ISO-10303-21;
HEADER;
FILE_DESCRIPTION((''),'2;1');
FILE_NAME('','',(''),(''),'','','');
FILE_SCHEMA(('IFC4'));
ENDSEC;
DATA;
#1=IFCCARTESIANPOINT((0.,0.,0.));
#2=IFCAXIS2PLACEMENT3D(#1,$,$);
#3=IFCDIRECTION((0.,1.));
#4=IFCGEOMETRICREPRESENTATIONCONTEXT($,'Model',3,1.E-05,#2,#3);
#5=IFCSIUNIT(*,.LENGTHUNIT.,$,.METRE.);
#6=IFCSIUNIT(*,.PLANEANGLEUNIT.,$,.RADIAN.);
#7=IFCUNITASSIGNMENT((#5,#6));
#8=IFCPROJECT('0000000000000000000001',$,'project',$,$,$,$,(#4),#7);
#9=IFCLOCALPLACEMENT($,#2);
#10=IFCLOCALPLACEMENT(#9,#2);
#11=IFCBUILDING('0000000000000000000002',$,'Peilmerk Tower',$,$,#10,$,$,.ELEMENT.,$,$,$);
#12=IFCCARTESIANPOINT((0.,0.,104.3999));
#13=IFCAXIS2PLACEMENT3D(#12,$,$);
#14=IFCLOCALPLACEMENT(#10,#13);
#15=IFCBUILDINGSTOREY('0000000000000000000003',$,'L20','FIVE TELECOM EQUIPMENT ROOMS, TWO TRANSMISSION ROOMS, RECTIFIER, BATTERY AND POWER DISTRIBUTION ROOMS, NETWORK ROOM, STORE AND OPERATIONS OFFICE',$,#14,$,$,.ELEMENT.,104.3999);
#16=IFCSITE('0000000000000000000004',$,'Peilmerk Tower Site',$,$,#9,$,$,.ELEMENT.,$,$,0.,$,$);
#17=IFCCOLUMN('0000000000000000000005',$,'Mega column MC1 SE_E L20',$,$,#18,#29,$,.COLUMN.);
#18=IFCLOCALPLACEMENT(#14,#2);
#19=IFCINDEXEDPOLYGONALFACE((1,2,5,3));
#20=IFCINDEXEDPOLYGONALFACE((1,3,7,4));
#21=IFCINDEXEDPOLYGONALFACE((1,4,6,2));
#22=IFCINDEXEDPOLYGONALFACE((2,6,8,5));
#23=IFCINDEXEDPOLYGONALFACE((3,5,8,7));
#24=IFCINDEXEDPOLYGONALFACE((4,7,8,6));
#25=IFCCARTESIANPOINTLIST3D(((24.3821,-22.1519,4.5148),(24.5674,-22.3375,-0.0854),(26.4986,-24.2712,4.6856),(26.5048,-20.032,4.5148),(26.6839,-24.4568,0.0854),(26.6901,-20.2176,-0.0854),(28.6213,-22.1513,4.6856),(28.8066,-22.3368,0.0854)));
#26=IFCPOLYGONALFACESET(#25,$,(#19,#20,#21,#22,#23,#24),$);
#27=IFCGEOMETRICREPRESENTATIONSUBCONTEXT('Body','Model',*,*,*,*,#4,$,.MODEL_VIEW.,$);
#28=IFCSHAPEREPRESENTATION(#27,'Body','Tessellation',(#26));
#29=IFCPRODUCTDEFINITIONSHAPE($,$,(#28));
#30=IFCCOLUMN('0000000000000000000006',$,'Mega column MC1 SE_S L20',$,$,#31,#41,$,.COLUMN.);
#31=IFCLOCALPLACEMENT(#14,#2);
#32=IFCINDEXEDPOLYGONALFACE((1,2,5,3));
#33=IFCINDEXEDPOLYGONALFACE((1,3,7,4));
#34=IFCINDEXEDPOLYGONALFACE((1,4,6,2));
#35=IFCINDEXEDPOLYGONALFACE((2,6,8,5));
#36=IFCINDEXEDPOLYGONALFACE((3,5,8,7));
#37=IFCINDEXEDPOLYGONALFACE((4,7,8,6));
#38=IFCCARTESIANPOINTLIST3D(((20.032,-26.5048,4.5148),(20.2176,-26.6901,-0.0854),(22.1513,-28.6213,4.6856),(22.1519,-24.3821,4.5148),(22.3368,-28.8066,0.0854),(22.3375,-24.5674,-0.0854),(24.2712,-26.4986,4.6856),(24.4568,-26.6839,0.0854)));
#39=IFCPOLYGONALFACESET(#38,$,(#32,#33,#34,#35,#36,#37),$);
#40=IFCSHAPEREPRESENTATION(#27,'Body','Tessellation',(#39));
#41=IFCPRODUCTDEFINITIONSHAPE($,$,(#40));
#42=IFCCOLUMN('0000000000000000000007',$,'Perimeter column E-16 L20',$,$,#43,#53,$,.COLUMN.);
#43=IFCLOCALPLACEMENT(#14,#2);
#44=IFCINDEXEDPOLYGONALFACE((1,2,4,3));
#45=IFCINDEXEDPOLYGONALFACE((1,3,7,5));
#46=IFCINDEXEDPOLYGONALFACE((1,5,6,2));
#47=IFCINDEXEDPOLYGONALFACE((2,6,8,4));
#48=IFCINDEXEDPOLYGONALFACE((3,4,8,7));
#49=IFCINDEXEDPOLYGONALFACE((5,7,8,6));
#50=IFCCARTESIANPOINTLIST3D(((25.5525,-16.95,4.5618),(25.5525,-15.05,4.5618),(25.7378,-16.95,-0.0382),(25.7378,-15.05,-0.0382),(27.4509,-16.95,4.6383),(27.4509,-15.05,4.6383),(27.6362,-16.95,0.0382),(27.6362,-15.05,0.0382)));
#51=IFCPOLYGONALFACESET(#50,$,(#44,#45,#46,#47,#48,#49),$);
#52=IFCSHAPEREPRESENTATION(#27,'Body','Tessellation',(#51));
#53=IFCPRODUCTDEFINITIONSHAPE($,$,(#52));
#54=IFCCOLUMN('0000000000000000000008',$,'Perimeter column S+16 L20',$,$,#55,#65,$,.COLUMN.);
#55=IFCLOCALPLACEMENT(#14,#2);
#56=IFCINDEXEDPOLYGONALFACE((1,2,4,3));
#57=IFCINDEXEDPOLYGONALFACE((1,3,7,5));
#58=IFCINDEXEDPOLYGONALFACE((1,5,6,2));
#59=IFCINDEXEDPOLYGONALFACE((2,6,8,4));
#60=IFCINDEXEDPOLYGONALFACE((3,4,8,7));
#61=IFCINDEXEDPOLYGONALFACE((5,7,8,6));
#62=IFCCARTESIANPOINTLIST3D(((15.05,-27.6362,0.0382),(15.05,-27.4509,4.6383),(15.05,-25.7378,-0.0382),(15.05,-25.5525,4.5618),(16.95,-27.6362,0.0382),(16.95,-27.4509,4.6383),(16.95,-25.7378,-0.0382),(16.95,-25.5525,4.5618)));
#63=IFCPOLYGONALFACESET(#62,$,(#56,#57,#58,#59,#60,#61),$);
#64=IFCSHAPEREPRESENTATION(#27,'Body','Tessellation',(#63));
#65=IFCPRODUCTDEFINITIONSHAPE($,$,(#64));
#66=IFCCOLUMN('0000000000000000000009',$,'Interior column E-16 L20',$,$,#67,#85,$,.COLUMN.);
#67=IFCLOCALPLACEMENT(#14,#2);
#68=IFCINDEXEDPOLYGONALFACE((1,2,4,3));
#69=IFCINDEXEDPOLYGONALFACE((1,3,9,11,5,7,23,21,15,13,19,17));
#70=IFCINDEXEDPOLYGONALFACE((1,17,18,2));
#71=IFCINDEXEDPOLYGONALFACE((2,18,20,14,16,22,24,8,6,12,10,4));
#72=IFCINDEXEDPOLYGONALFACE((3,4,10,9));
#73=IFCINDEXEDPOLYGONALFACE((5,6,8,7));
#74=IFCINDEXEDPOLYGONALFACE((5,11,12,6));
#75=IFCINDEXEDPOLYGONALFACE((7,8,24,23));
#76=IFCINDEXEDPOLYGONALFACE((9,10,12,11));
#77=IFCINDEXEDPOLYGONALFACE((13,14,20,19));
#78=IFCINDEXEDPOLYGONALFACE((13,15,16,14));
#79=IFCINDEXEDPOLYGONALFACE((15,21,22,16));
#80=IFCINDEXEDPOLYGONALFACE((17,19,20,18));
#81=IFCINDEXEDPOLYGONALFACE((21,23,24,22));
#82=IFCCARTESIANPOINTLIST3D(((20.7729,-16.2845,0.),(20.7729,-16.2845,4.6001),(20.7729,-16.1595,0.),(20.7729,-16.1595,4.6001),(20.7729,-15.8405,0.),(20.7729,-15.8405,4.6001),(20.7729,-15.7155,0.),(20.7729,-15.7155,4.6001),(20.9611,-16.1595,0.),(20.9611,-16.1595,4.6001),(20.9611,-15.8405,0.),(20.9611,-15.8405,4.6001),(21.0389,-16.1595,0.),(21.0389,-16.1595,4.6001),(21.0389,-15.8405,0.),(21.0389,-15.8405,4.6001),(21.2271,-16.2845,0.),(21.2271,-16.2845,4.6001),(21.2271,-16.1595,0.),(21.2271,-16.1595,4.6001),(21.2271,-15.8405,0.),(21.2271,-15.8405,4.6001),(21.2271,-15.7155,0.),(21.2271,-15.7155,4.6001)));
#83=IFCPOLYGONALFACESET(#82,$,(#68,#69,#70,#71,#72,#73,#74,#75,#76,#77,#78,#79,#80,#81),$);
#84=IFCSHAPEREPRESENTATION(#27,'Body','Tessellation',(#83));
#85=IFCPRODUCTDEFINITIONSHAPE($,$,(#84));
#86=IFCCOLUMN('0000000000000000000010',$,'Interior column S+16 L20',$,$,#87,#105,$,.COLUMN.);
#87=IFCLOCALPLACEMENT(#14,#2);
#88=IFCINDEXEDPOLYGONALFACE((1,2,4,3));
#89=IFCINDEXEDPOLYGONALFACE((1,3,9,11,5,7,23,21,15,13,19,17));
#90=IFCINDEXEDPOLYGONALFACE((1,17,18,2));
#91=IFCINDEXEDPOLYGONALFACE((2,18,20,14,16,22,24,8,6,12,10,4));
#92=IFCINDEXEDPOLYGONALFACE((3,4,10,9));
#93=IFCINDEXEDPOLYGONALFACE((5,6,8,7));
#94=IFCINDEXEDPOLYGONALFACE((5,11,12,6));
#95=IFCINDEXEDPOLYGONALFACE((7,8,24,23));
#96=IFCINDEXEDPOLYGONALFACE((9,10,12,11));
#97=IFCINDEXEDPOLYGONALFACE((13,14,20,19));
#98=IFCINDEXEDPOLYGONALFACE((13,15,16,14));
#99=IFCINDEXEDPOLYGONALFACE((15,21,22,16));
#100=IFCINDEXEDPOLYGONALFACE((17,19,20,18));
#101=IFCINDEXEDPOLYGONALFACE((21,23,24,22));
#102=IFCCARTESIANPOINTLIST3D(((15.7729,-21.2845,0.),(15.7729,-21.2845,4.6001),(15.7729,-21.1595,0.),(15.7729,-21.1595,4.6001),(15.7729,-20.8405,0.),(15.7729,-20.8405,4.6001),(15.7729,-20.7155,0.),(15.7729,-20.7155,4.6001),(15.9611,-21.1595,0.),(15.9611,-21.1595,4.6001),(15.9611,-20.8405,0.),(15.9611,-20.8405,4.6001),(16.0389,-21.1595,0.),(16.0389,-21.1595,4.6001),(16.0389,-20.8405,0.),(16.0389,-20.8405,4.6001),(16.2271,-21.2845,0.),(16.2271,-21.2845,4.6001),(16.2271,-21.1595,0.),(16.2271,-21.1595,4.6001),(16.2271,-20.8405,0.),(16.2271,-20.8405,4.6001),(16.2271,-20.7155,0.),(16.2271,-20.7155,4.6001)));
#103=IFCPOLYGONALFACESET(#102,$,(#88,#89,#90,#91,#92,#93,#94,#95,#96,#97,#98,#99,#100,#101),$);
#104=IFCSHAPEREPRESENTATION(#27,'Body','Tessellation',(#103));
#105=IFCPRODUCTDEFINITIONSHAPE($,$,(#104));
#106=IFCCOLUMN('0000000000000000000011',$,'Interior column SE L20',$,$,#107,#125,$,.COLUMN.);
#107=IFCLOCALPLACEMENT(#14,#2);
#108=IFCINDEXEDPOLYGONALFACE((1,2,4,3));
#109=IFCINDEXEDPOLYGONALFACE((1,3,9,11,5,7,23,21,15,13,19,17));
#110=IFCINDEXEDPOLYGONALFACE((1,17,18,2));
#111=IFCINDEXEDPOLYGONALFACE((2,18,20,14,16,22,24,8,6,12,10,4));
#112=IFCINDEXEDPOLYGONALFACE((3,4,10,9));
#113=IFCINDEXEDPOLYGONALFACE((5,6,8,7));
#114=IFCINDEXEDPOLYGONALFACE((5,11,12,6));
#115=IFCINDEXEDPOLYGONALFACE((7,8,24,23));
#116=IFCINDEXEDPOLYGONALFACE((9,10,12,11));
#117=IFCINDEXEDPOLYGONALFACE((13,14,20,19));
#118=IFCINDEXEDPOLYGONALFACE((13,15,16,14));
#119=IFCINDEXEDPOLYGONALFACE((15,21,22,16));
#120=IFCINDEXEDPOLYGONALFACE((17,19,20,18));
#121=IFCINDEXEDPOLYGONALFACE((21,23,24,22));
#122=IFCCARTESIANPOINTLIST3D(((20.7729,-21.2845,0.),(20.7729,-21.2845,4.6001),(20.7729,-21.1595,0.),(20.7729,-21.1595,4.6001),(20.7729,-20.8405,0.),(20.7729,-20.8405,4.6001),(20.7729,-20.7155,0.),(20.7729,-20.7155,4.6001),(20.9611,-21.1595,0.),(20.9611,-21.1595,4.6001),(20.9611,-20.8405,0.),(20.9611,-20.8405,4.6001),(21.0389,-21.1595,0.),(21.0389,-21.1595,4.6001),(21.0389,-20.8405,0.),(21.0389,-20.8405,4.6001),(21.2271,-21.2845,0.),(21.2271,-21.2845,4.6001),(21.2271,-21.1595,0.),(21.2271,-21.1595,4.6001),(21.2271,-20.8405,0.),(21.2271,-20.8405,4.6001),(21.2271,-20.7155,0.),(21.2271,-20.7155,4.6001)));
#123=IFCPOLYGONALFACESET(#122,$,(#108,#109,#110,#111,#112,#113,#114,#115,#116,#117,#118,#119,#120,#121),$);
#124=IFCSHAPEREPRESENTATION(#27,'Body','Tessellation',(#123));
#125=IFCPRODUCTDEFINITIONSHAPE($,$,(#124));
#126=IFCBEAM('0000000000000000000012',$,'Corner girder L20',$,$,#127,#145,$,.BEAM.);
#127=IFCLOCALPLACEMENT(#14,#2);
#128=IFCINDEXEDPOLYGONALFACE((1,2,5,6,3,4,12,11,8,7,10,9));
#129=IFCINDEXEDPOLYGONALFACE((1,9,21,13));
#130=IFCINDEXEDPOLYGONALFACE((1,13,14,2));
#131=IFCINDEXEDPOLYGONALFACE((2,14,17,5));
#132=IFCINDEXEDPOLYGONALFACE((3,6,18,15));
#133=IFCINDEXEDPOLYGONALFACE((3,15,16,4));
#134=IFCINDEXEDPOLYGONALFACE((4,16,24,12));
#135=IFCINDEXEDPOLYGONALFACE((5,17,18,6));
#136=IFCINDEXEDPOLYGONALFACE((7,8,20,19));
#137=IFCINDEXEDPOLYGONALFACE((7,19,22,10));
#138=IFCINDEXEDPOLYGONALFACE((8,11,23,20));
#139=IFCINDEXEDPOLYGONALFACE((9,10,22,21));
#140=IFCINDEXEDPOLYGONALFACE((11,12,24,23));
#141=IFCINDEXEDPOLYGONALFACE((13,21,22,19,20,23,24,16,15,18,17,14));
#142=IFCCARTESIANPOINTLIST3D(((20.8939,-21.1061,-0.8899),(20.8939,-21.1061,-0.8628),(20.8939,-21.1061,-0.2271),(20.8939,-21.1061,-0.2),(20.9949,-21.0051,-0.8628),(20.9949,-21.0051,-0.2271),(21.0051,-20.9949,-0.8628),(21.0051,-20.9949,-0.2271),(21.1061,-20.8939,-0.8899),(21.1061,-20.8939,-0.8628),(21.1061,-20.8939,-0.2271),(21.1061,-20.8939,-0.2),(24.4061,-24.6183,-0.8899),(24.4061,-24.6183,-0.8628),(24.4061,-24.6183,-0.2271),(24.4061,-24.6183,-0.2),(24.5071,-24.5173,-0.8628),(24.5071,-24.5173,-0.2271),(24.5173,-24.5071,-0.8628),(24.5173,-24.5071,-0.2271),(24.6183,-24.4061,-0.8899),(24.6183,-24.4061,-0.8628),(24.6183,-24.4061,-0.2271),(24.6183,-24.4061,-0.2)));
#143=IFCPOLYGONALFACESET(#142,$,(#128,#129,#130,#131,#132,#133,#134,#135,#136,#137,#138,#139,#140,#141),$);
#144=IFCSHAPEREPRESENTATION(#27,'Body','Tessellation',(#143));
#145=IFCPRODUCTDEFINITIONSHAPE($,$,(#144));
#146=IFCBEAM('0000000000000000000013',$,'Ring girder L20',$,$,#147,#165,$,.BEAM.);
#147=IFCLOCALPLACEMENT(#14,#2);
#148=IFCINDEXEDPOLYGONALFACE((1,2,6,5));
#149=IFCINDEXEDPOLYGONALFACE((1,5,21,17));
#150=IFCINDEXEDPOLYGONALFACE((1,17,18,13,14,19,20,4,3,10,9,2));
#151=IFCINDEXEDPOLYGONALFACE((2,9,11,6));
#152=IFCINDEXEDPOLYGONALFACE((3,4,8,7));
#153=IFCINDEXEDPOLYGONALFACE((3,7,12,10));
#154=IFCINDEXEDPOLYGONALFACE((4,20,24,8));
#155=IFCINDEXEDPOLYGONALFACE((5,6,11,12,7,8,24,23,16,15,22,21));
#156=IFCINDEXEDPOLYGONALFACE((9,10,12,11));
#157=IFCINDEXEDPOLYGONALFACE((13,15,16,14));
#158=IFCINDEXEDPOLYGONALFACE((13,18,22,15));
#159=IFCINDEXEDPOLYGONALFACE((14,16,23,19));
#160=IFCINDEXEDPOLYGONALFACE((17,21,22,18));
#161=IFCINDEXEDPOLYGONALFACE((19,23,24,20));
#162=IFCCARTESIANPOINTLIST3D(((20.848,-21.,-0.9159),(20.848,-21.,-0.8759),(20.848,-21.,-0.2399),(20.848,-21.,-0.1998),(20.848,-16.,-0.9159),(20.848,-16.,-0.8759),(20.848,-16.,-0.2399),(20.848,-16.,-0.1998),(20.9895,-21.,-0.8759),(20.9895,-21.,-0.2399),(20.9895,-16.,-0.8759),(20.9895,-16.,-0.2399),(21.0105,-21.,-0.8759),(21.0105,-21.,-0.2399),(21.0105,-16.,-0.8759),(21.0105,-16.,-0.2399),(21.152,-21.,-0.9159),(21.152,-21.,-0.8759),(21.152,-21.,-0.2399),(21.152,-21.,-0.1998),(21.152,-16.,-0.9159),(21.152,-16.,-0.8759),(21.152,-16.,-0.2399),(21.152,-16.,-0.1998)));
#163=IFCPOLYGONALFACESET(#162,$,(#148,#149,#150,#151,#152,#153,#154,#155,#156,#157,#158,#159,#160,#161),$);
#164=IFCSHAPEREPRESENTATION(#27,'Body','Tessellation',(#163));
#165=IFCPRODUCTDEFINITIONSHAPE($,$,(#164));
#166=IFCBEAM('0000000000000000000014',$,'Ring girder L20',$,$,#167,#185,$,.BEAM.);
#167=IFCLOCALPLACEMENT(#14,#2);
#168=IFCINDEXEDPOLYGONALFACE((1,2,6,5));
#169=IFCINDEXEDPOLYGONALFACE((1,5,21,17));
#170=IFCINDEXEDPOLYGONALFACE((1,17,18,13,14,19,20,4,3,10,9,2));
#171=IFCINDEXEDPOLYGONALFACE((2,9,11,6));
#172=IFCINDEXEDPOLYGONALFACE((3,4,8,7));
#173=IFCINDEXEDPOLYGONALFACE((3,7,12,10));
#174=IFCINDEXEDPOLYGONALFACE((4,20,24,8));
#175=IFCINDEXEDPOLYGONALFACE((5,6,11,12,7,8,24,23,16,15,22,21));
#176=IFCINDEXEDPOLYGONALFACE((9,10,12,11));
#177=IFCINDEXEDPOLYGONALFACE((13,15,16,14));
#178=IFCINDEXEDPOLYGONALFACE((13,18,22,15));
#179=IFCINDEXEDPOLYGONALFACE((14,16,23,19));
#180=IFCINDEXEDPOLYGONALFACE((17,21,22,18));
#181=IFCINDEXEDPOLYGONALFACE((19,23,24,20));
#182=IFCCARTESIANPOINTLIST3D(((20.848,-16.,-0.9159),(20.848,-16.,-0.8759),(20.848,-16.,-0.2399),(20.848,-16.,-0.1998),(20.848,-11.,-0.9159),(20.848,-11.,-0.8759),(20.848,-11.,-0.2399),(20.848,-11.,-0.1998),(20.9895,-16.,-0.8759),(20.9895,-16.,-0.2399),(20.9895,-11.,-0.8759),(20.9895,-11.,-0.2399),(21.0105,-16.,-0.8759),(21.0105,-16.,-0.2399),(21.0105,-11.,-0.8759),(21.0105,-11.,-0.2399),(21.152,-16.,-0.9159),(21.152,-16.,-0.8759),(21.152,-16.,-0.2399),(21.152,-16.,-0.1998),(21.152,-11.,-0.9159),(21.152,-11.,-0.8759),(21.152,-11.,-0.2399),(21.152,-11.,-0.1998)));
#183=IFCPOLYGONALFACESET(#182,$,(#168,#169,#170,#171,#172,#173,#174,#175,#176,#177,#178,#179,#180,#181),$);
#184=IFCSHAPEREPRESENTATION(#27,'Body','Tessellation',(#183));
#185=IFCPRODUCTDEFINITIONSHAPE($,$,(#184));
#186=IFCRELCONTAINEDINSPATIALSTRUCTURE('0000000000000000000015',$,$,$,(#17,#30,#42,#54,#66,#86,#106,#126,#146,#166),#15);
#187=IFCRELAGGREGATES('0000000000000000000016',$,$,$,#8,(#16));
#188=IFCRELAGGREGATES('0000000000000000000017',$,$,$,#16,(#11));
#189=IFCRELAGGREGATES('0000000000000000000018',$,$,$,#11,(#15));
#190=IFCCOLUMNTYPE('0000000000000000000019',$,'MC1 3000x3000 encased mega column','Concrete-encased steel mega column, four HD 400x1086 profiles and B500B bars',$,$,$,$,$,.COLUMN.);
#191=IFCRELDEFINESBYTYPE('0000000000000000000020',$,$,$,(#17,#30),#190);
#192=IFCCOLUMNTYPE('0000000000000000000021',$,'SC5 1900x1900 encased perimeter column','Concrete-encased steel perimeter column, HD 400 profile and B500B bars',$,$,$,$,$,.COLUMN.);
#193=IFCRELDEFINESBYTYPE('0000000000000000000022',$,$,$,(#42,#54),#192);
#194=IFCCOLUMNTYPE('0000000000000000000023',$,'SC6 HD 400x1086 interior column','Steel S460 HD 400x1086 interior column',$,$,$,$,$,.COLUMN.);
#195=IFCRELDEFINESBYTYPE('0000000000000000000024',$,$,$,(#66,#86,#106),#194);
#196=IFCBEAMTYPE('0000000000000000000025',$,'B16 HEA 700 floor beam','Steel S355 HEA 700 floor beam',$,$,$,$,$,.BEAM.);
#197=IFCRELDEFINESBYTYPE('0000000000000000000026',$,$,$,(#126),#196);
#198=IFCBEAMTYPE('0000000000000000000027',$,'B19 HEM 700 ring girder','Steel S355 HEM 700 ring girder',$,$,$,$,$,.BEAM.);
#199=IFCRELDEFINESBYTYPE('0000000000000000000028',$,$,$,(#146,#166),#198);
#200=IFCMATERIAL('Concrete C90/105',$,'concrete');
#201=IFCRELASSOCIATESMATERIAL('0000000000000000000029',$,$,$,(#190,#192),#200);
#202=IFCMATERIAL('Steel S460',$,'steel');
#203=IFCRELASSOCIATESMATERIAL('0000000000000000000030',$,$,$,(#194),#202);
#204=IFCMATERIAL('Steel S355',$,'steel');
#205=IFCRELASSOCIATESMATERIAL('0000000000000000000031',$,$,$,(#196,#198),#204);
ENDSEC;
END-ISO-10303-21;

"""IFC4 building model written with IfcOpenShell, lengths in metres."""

from ifc_helpers import new_model, si_unit, direction, frame, origin, origin_2d, place, context, subcontext, project, spatial, rectangle, i_section, extrude, material, material_profile, profile_set, type_object, element, save


model = new_model("IFC4")

# Units and contexts
model_context = context("Model", 3, precision=1e-05, world=origin(), true_north=direction((0.0, 1.0)))
body_context = subcontext(model_context, "Body", "Model", "MODEL_VIEW")
ifc_project = project(units=[si_unit("LENGTHUNIT", "METRE"), si_unit("PLANEANGLEUNIT", "RADIAN")], contexts=[model_context])

# Site, building, storey
site_placement = place(None, origin())
site = spatial("IfcSite", under=ifc_project, at=site_placement, Name="Peilmerk Tower Site", CompositionType="ELEMENT", RefElevation=0.0)
building_placement = place(site_placement, origin())
building = spatial("IfcBuilding", under=site, at=building_placement, Name="Peilmerk Tower", CompositionType="ELEMENT")
storey_placement = place(building_placement, frame((0.0, 0.0, 104.3999)))
storey = spatial("IfcBuildingStorey", under=building, at=storey_placement, Name="L20", Description="FIVE TELECOM EQUIPMENT ROOMS, TWO TRANSMISSION ROOMS, RECTIFIER, BATTERY AND POWER DISTRIBUTION ROOMS, NETWORK ROOM, STORE AND OPERATIONS OFFICE", CompositionType="ELEMENT", Elevation=104.3999)

# Columns
ifc_material_1 = material(Name="Concrete C90/105", Category="concrete")
ifc_material_profile_1 = material_profile(ifc_material_1, rectangle(XDim=3.0, YDim=3.0, at=origin_2d()), Name="RC 3000x3000")
ifc_profile_set_1 = profile_set([ifc_material_profile_1], Name="Concrete C90/105")
column_type_1 = type_object("IfcColumnType", Name="MC1 3000x3000 encased mega column", Description="Concrete-encased steel mega column, four HD 400x1086 profiles and B500B bars", PredefinedType="COLUMN", material=ifc_profile_set_1)
for number, where, z_axis, x_axis, name in (
    (1, (26.687, -22.3372, 0.0), (-0.040217, 0.04027, 0.998379), (-0.707572, -0.706641, 0.0), "Mega column MC1 SE_E L20"),
    (2, (22.3372, -26.687, 0.0), (-0.04027, 0.040217, 0.998379), (-0.706641, -0.707572, 0.0), "Mega column MC1 SE_S L20"),
):
    element("IfcColumn", number, at=place(storey_placement, frame(where, z_axis=z_axis, x_axis=x_axis)), inside=storey, type_object=column_type_1, Name=name, PredefinedType="COLUMN", context=body_context, shape_type="SweptSolid", body=[
        extrude(rectangle(XDim=3.0, YDim=3.0, at=origin_2d()), origin(), (0.0, 0.0, 1.0), 4.6077),
    ])
ifc_material_profile_2 = material_profile(ifc_material_1, rectangle(XDim=1.8999, YDim=1.8999, at=origin_2d()), Name="RC 1900x1900")
ifc_profile_set_2 = profile_set([ifc_material_profile_2], Name="Concrete C90/105")
column_type_2 = type_object("IfcColumnType", Name="SC5 1900x1900 encased perimeter column", Description="Concrete-encased steel perimeter column, HD 400 profile and B500B bars", PredefinedType="COLUMN", material=ifc_profile_set_2)
for number, where, z_axis, x_axis, name in (
    (3, (26.687, -16.0, 0.0), (-0.04025, 0.0, 0.99919), (0.0, -1.0, 0.0), "Perimeter column E-16 L20"),
    (4, (16.0, -26.687, 0.0), (0.0, 0.04025, 0.99919), (-1.0, 0.0, 0.0), "Perimeter column S+16 L20"),
):
    element("IfcColumn", number, at=place(storey_placement, frame(where, z_axis=z_axis, x_axis=x_axis)), inside=storey, type_object=column_type_2, Name=name, PredefinedType="COLUMN", context=body_context, shape_type="SweptSolid", body=[
        extrude(rectangle(XDim=1.8999, YDim=1.8999, at=origin_2d()), origin(), (0.0, 0.0, 1.0), 4.6038),
    ])
ifc_material_2 = material(Name="Steel S460", Category="steel")
ifc_material_profile_3 = material_profile(ifc_material_2, i_section(OverallWidth=0.4541, OverallDepth=0.5691, WebThickness=0.0779, FlangeThickness=0.125, at=origin_2d()), Name="HD 400x1086")
ifc_profile_set_3 = profile_set([ifc_material_profile_3], Name="Steel S460")
column_type_3 = type_object("IfcColumnType", Name="SC6 HD 400x1086 interior column", Description="Steel S460 HD 400x1086 interior column", PredefinedType="COLUMN", material=ifc_profile_set_3)
for number, where, z_axis, x_axis, name in (
    (5, (21.0, -16.0, 0.0), (0.0, 0.0, 1.0), (1.0, 0.0, 0.0), "Interior column E-16 L20"),
    (6, (16.0, -21.0, 0.0), (0.0, 0.0, 1.0), (1.0, 0.0, 0.0), "Interior column S+16 L20"),
    (7, (21.0, -21.0, 0.0), (0.0, 0.0, 1.0), (1.0, 0.0, 0.0), "Interior column SE L20"),
):
    element("IfcColumn", number, at=place(storey_placement, frame(where, z_axis=z_axis, x_axis=x_axis)), inside=storey, type_object=column_type_3, Name=name, PredefinedType="COLUMN", context=body_context, shape_type="SweptSolid", body=[
        extrude(i_section(OverallWidth=0.4541, OverallDepth=0.5691, WebThickness=0.0779, FlangeThickness=0.125, at=origin_2d()), origin(), (0.0, 0.0, 1.0), 4.6001),
    ])

# Beams
ifc_material_3 = material(Name="Steel S355", Category="steel")
ifc_material_profile_4 = material_profile(ifc_material_3, i_section(OverallWidth=0.3, OverallDepth=0.6899, WebThickness=0.0144, FlangeThickness=0.0271, at=origin_2d()), Name="HEA 700")
ifc_profile_set_4 = profile_set([ifc_material_profile_4], Name="Steel S355")
beam_type_1 = type_object("IfcBeamType", Name="B16 HEA 700 floor beam", Description="Steel S355 HEA 700 floor beam", PredefinedType="BEAM", material=ifc_profile_set_4)
beam_1_placement = place(storey_placement, frame((21.0, -21.0, -0.5449), z_axis=(0.707107, -0.707107, 0.0), x_axis=(0.707107, 0.707107, 0.0)))
element("IfcBeam", 8, at=beam_1_placement, inside=storey, type_object=beam_type_1, Name="Corner girder L20", PredefinedType="BEAM", context=body_context, shape_type="SweptSolid", body=[
    extrude(i_section(OverallWidth=0.3, OverallDepth=0.6899, WebThickness=0.0144, FlangeThickness=0.0271, at=origin_2d()), origin(), (0.0, 0.0, 1.0), 4.967),
])
ifc_material_profile_5 = material_profile(ifc_material_3, i_section(OverallWidth=0.304, OverallDepth=0.7161, WebThickness=0.021, FlangeThickness=0.04, at=origin_2d()), Name="HEM 700")
ifc_profile_set_5 = profile_set([ifc_material_profile_5], Name="Steel S355")
beam_type_2 = type_object("IfcBeamType", Name="B19 HEM 700 ring girder", Description="Steel S355 HEM 700 ring girder", PredefinedType="BEAM", material=ifc_profile_set_5)
for number, where, z_axis, x_axis, name in (
    (9, (21.0, -21.0, -0.5579), (0.0, 1.0, 0.0), (-1.0, 0.0, 0.0), "Ring girder L20"),
    (10, (21.0, -16.0, -0.5579), (0.0, 1.0, 0.0), (-1.0, 0.0, 0.0), "Ring girder L20"),
):
    element("IfcBeam", number, at=place(storey_placement, frame(where, z_axis=z_axis, x_axis=x_axis)), inside=storey, type_object=beam_type_2, Name=name, PredefinedType="BEAM", context=body_context, shape_type="SweptSolid", body=[
        extrude(i_section(OverallWidth=0.304, OverallDepth=0.7161, WebThickness=0.021, FlangeThickness=0.04, at=origin_2d()), origin(), (0.0, 0.0, 1.0), 5.0),
    ])

save(model, "model.ifc")
